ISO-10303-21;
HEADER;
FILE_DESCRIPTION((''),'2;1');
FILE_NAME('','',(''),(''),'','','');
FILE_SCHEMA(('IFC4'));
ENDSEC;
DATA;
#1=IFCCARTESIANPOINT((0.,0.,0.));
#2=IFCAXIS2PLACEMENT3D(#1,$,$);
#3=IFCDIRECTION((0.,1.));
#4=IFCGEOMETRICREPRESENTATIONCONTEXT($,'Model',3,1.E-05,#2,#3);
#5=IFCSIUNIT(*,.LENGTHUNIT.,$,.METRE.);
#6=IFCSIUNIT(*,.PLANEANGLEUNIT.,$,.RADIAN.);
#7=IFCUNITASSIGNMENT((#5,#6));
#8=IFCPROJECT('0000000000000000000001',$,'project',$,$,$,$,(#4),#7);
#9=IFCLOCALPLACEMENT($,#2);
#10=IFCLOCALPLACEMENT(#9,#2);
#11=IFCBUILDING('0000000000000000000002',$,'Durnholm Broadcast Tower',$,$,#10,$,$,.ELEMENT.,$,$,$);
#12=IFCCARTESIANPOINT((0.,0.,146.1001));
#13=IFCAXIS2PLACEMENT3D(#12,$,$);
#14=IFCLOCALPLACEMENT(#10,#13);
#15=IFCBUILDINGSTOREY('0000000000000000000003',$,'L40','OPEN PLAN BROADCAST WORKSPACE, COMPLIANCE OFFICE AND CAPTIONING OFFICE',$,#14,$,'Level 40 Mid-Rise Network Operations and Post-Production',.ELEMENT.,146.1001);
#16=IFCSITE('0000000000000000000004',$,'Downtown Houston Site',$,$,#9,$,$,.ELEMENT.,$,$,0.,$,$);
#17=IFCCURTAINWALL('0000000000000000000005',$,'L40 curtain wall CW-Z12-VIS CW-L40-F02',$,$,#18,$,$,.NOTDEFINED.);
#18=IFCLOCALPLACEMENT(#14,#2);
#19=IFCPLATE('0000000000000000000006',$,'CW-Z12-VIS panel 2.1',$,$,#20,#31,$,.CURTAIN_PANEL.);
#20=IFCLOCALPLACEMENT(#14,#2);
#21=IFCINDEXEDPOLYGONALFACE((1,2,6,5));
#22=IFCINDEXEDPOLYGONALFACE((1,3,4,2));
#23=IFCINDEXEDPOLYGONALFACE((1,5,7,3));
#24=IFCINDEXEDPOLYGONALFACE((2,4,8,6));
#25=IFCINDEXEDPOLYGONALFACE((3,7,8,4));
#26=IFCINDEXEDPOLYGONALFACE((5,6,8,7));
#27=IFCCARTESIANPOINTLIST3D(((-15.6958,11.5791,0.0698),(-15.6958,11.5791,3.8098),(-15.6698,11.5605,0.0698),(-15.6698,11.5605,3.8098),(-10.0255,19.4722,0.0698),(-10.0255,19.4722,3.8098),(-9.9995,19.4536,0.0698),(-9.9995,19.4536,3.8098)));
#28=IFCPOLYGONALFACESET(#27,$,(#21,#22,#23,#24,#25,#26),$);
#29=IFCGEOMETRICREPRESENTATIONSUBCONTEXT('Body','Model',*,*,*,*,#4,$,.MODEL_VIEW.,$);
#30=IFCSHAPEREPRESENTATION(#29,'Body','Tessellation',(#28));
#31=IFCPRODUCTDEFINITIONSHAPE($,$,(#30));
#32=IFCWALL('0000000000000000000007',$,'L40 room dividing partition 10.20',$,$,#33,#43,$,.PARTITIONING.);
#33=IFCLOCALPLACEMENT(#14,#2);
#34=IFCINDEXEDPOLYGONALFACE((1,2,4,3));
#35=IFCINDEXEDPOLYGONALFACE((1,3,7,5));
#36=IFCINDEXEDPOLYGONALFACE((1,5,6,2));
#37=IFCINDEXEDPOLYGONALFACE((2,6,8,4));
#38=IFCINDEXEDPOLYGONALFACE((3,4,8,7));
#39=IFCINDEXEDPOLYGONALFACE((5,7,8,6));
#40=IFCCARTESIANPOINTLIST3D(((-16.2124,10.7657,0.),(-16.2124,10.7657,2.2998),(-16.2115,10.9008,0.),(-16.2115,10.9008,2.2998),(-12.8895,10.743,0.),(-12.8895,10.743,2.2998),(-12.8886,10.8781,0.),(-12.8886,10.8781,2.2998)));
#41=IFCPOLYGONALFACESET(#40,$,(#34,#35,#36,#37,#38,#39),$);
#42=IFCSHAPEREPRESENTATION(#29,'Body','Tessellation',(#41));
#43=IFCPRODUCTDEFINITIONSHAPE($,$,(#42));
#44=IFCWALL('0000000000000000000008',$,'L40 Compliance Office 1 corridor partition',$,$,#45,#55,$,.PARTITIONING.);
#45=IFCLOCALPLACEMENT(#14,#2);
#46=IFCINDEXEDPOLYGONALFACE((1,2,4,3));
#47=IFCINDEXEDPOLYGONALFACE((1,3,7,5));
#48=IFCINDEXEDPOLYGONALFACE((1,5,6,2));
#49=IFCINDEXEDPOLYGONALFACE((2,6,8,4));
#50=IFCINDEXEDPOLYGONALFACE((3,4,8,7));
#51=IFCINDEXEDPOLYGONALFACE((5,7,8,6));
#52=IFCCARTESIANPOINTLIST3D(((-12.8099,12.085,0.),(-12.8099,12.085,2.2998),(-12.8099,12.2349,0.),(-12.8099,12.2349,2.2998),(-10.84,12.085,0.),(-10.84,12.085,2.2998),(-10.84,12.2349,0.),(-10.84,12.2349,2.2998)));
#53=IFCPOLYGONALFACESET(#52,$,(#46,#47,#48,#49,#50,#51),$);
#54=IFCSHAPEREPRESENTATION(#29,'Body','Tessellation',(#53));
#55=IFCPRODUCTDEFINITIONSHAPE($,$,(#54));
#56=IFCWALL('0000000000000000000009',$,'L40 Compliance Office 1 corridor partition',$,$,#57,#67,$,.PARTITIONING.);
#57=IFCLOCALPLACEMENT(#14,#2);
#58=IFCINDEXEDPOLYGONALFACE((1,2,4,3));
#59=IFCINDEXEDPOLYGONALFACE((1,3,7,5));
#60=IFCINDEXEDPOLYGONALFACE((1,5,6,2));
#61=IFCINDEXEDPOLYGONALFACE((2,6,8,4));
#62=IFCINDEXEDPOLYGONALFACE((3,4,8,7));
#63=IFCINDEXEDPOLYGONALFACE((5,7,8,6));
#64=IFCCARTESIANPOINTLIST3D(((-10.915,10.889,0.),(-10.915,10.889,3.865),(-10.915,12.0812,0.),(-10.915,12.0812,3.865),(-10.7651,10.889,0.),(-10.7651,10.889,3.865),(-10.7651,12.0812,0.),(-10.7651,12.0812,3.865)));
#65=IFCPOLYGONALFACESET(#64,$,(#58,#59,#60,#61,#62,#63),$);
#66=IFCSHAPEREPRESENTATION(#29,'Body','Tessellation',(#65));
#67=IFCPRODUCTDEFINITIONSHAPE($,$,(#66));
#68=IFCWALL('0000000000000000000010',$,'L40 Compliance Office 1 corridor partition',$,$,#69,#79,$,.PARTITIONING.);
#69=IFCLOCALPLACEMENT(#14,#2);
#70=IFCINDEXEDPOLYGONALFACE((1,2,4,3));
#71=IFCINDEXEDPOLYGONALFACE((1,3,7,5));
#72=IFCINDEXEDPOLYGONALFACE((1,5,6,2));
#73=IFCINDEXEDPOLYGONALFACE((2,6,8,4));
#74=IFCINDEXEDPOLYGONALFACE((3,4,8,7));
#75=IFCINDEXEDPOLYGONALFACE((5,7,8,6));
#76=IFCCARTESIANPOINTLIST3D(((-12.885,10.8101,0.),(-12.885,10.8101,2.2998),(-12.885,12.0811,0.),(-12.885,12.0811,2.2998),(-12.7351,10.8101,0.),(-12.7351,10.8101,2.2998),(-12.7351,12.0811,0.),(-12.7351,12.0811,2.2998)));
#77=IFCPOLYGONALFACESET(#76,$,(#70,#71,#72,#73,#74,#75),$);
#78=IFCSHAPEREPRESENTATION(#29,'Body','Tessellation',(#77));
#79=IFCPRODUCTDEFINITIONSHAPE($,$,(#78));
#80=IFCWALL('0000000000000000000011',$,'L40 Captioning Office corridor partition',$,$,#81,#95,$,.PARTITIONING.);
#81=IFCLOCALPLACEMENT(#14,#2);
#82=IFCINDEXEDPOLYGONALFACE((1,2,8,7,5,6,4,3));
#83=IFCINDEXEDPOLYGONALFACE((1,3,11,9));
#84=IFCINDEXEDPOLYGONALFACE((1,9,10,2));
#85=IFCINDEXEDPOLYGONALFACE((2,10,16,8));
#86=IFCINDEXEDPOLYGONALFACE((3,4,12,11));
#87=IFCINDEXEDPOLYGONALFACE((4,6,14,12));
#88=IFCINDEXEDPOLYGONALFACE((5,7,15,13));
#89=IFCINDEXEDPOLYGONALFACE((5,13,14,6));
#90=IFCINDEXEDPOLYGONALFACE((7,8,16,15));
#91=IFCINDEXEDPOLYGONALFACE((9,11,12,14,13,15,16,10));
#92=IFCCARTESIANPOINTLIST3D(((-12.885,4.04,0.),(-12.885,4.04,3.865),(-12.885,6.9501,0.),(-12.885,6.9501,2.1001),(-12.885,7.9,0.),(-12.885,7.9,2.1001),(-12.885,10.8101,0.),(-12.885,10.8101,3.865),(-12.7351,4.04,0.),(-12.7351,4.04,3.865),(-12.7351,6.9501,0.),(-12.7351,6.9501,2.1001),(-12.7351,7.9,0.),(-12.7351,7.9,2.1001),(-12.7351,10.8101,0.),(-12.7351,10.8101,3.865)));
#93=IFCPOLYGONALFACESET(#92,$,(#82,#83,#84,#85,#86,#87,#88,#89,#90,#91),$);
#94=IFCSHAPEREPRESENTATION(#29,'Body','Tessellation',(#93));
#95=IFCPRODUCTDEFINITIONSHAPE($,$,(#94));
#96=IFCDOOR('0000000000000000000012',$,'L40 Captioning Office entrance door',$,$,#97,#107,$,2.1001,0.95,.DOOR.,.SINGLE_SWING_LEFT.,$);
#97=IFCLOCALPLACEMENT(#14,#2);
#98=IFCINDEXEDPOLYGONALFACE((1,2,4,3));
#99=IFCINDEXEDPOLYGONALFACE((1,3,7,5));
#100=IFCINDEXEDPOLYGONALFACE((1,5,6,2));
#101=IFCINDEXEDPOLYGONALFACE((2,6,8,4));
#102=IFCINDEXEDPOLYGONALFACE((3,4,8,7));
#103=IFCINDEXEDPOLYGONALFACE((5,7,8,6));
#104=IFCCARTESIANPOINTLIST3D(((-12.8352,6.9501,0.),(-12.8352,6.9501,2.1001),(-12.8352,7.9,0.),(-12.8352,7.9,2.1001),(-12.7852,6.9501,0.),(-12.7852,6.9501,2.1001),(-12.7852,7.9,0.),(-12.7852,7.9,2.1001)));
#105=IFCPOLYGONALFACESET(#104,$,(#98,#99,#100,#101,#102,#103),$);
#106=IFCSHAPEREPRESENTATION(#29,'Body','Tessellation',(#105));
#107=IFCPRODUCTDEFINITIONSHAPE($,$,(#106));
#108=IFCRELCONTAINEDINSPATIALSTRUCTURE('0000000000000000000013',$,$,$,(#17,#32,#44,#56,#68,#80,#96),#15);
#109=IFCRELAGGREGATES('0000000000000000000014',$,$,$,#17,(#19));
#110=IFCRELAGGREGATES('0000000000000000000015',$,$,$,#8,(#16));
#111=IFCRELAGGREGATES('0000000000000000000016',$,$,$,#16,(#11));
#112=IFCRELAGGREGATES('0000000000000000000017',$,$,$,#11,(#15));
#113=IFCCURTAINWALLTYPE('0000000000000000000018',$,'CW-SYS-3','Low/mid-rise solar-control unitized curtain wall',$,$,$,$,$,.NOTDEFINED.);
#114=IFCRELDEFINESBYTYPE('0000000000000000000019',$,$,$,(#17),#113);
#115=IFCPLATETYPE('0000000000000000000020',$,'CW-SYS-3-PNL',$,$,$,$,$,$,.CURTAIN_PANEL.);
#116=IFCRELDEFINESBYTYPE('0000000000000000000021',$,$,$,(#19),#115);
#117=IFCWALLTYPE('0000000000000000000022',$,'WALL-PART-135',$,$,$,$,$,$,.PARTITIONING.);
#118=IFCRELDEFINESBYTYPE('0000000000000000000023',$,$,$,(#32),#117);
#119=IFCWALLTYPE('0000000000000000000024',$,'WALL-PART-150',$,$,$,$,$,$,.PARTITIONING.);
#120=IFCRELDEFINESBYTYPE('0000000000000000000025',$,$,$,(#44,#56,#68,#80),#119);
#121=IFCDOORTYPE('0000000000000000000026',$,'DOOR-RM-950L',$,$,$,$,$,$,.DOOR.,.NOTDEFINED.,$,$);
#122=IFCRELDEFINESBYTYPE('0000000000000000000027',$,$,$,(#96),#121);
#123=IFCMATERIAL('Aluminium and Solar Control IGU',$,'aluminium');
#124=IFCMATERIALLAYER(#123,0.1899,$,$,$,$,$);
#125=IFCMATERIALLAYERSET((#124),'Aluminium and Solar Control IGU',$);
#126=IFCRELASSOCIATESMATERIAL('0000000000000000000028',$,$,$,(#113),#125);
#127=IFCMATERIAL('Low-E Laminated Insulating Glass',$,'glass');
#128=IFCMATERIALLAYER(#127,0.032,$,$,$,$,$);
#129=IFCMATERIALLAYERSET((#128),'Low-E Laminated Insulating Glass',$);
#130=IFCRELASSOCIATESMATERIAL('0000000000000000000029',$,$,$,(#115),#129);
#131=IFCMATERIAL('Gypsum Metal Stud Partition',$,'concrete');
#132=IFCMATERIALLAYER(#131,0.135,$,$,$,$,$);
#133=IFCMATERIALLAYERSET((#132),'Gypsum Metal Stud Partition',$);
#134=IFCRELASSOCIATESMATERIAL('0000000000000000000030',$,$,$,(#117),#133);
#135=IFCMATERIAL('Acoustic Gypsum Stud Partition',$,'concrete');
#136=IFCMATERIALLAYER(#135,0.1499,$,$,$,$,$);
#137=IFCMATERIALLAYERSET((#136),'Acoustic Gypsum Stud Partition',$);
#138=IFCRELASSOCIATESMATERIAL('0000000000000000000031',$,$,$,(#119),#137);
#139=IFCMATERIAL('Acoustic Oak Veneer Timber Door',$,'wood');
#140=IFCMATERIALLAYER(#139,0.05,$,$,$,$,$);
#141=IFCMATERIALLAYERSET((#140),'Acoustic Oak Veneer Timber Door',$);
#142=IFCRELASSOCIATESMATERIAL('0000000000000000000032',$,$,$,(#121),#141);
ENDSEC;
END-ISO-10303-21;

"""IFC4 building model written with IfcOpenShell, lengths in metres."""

from ifc_helpers import new_model, si_unit, direction, frame, frame_2d, origin, origin_2d, place, context, subcontext, project, spatial, rectangle, extrude, source, transform, mapped, material, layer, layer_set, type_object, type_shapes, element, fill, aggregate, save


model = new_model("IFC4")

# Units and contexts
model_context = context("Model", 3, precision=1e-05, world=origin(), true_north=direction((0.0, 1.0)))
body_context = subcontext(model_context, "Body", "Model", "MODEL_VIEW")
ifc_project = project(units=[si_unit("LENGTHUNIT", "METRE"), si_unit("PLANEANGLEUNIT", "RADIAN")], contexts=[model_context])

# Site, building, storey
site_placement = place(None, origin())
site = spatial("IfcSite", under=ifc_project, at=site_placement, Name="Downtown Houston Site", CompositionType="ELEMENT", RefElevation=0.0)
building_placement = place(site_placement, origin())
building = spatial("IfcBuilding", under=site, at=building_placement, Name="Durnholm Broadcast Tower", CompositionType="ELEMENT")
storey_placement = place(building_placement, frame((0.0, 0.0, 146.1001)))
storey = spatial("IfcBuildingStorey", under=building, at=storey_placement, Name="L40", Description="OPEN PLAN BROADCAST WORKSPACE, COMPLIANCE OFFICE AND CAPTIONING OFFICE", LongName="Level 40 Mid-Rise Network Operations and Post-Production", CompositionType="ELEMENT", Elevation=146.1001)

# Curtain wall
ifc_material_1 = material(Name="Aluminium and Solar Control IGU", Category="aluminium")
ifc_layer_1 = layer(ifc_material_1, 0.1899)
ifc_layer_set_1 = layer_set([ifc_layer_1], Name="Aluminium and Solar Control IGU")
curtain_wall_type_1 = type_object("IfcCurtainWallType", Name="CW-SYS-3", Description="Low/mid-rise solar-control unitized curtain wall", PredefinedType="NOTDEFINED", material=ifc_layer_set_1)
curtain_wall_1_placement = place(storey_placement, origin())
curtain_wall_1 = element("IfcCurtainWall", 1, at=curtain_wall_1_placement, inside=storey, type_object=curtain_wall_type_1, Name="L40 curtain wall CW-Z12-VIS CW-L40-F02", PredefinedType="NOTDEFINED")

# Plate
ifc_material_2 = material(Name="Low-E Laminated Insulating Glass", Category="glass")
ifc_layer_2 = layer(ifc_material_2, 0.032)
ifc_layer_set_2 = layer_set([ifc_layer_2], Name="Low-E Laminated Insulating Glass")
plate_type = type_object("IfcPlateType", Name="CW-SYS-3-PNL", PredefinedType="CURTAIN_PANEL", material=ifc_layer_set_2)
shared_shape_1 = source(origin(), body_context, "Body", "SweptSolid", [
    extrude(rectangle(XDim=9.7188, YDim=0.032, at=origin_2d()), origin(), (0.0, 0.0, 1.0), 3.74),
])
type_shapes(plate_type, [shared_shape_1])
plate_1_placement = place(storey_placement, frame((-12.8477, 15.5164, 0.0698), z_axis=(0.0, 0.0, 1.0), x_axis=(0.583445, 0.812152, 0.0)))
plate_1 = element("IfcPlate", 2, at=plate_1_placement, type_object=plate_type, Name="CW-Z12-VIS panel 2.1", PredefinedType="CURTAIN_PANEL", context=body_context, shape_type="MappedRepresentation", body=[
    mapped(shared_shape_1, transform((0.0, 0.0, 0.0), x_axis=(1.0, 0.0, 0.0), y_axis=(0.0, 1.0, 0.0), z_axis=(0.0, 0.0, 1.0), scale=1.0)),
])
aggregate(curtain_wall_1, [plate_1])

# Walls
ifc_material_3 = material(Name="Gypsum Metal Stud Partition", Category="concrete")
ifc_layer_3 = layer(ifc_material_3, 0.135)
ifc_layer_set_3 = layer_set([ifc_layer_3], Name="Gypsum Metal Stud Partition")
wall_type_1 = type_object("IfcWallType", Name="WALL-PART-135", PredefinedType="PARTITIONING", material=ifc_layer_set_3)
wall_1_placement = place(storey_placement, frame((-12.8889, 10.8105, 0.0), z_axis=(0.0, 0.0, 1.0), x_axis=(-0.999977, 0.006833, 0.0)))
element("IfcWall", 3, at=wall_1_placement, inside=storey, type_object=wall_type_1, Name="L40 room dividing partition 10.20", PredefinedType="PARTITIONING", context=body_context, shape_type="SweptSolid", body=[
    extrude(rectangle(XDim=3.323, YDim=0.135, at=frame_2d((1.6616, 0.0))), origin(), (0.0, 0.0, 1.0), 2.2998),
])
ifc_material_4 = material(Name="Acoustic Gypsum Stud Partition", Category="concrete")
ifc_layer_4 = layer(ifc_material_4, 0.1499)
ifc_layer_set_4 = layer_set([ifc_layer_4], Name="Acoustic Gypsum Stud Partition")
wall_type_2 = type_object("IfcWallType", Name="WALL-PART-150", PredefinedType="PARTITIONING", material=ifc_layer_set_4)
wall_2_placement = place(storey_placement, frame((-10.8401, 12.1599, 0.0), z_axis=(0.0, 0.0, 1.0), x_axis=(-1.0, 0.0, 0.0)))
element("IfcWall", 4, at=wall_2_placement, inside=storey, type_object=wall_type_2, Name="L40 Compliance Office 1 corridor partition", PredefinedType="PARTITIONING", context=body_context, shape_type="SweptSolid", body=[
    extrude(rectangle(XDim=1.97, YDim=0.1499, at=frame_2d((0.9849, 0.0))), origin(), (0.0, 0.0, 1.0), 2.2998),
])
wall_3_placement = place(storey_placement, frame((-10.8401, 10.8889, 0.0), z_axis=(0.0, 0.0, 1.0), x_axis=(0.0, 1.0, 0.0)))
element("IfcWall", 5, at=wall_3_placement, inside=storey, type_object=wall_type_2, Name="L40 Compliance Office 1 corridor partition", PredefinedType="PARTITIONING", context=body_context, shape_type="SweptSolid", body=[
    extrude(rectangle(XDim=1.1921, YDim=0.1499, at=frame_2d((0.5962, 0.0))), origin(), (0.0, 0.0, 1.0), 3.865),
])
wall_4_placement = place(storey_placement, frame((-12.8101, 12.0811, 0.0), z_axis=(0.0, 0.0, 1.0), x_axis=(0.0, -1.0, 0.0)))
element("IfcWall", 6, at=wall_4_placement, inside=storey, type_object=wall_type_2, Name="L40 Compliance Office 1 corridor partition", PredefinedType="PARTITIONING", context=body_context, shape_type="SweptSolid", body=[
    extrude(rectangle(XDim=1.271, YDim=0.1499, at=frame_2d((0.6355, 0.0))), origin(), (0.0, 0.0, 1.0), 2.2998),
])

# Wall, opening, door
wall_5_placement = place(storey_placement, frame((-12.8101, 10.8101, 0.0), z_axis=(0.0, 0.0, 1.0), x_axis=(0.0, -1.0, 0.0)))
wall_5 = element("IfcWall", 7, at=wall_5_placement, inside=storey, type_object=wall_type_2, Name="L40 Captioning Office corridor partition", PredefinedType="PARTITIONING", context=body_context, shape_type="SweptSolid", body=[
    extrude(rectangle(XDim=6.77, YDim=0.1499, at=frame_2d((3.385, 0.0))), origin(), (0.0, 0.0, 1.0), 3.865),
])
opening_placement = place(wall_5_placement, frame((2.9099, 0.0, 0.0)))
opening = element("IfcOpeningElement", 8, at=opening_placement, cuts=wall_5, PredefinedType="OPENING", context=body_context, shape_type="SweptSolid", body=[
    extrude(rectangle(XDim=0.95, YDim=2.1001, at=frame_2d((0.4751, 1.05))), frame((0.0, 0.085, 0.0), z_axis=(0.0, -1.0, 0.0), x_axis=(1.0, 0.0, 0.0)), (0.0, 0.0, 1.0), 0.1699),
])
ifc_material_5 = material(Name="Acoustic Oak Veneer Timber Door", Category="wood")
ifc_layer_5 = layer(ifc_material_5, 0.05)
ifc_layer_set_5 = layer_set([ifc_layer_5], Name="Acoustic Oak Veneer Timber Door")
door_type = type_object("IfcDoorType", Name="DOOR-RM-950L", OperationType="NOTDEFINED", PredefinedType="DOOR", material=ifc_layer_set_5)
shared_shape_2 = source(origin(), body_context, "Body", "SweptSolid", [
    extrude(rectangle(XDim=0.95, YDim=2.1001, at=frame_2d((0.4751, 1.05))), frame((0.0, 0.0249, 0.0), z_axis=(0.0, -1.0, 0.0), x_axis=(1.0, 0.0, 0.0)), (0.0, 0.0, 1.0), 0.05),
])
type_shapes(door_type, [shared_shape_2])
door_placement = place(opening_placement, origin())
door = element("IfcDoor", 9, at=door_placement, inside=storey, type_object=door_type, Name="L40 Captioning Office entrance door", OperationType="SINGLE_SWING_LEFT", OverallHeight=2.1001, OverallWidth=0.95, PredefinedType="DOOR", context=body_context, shape_type="MappedRepresentation", body=[
    mapped(shared_shape_2, transform((0.0, 0.0, 0.0), x_axis=(1.0, 0.0, 0.0), y_axis=(0.0, 1.0, 0.0), z_axis=(0.0, 0.0, 1.0), scale=1.0)),
])
fill(opening, door)

save(model, "model.ifc")
